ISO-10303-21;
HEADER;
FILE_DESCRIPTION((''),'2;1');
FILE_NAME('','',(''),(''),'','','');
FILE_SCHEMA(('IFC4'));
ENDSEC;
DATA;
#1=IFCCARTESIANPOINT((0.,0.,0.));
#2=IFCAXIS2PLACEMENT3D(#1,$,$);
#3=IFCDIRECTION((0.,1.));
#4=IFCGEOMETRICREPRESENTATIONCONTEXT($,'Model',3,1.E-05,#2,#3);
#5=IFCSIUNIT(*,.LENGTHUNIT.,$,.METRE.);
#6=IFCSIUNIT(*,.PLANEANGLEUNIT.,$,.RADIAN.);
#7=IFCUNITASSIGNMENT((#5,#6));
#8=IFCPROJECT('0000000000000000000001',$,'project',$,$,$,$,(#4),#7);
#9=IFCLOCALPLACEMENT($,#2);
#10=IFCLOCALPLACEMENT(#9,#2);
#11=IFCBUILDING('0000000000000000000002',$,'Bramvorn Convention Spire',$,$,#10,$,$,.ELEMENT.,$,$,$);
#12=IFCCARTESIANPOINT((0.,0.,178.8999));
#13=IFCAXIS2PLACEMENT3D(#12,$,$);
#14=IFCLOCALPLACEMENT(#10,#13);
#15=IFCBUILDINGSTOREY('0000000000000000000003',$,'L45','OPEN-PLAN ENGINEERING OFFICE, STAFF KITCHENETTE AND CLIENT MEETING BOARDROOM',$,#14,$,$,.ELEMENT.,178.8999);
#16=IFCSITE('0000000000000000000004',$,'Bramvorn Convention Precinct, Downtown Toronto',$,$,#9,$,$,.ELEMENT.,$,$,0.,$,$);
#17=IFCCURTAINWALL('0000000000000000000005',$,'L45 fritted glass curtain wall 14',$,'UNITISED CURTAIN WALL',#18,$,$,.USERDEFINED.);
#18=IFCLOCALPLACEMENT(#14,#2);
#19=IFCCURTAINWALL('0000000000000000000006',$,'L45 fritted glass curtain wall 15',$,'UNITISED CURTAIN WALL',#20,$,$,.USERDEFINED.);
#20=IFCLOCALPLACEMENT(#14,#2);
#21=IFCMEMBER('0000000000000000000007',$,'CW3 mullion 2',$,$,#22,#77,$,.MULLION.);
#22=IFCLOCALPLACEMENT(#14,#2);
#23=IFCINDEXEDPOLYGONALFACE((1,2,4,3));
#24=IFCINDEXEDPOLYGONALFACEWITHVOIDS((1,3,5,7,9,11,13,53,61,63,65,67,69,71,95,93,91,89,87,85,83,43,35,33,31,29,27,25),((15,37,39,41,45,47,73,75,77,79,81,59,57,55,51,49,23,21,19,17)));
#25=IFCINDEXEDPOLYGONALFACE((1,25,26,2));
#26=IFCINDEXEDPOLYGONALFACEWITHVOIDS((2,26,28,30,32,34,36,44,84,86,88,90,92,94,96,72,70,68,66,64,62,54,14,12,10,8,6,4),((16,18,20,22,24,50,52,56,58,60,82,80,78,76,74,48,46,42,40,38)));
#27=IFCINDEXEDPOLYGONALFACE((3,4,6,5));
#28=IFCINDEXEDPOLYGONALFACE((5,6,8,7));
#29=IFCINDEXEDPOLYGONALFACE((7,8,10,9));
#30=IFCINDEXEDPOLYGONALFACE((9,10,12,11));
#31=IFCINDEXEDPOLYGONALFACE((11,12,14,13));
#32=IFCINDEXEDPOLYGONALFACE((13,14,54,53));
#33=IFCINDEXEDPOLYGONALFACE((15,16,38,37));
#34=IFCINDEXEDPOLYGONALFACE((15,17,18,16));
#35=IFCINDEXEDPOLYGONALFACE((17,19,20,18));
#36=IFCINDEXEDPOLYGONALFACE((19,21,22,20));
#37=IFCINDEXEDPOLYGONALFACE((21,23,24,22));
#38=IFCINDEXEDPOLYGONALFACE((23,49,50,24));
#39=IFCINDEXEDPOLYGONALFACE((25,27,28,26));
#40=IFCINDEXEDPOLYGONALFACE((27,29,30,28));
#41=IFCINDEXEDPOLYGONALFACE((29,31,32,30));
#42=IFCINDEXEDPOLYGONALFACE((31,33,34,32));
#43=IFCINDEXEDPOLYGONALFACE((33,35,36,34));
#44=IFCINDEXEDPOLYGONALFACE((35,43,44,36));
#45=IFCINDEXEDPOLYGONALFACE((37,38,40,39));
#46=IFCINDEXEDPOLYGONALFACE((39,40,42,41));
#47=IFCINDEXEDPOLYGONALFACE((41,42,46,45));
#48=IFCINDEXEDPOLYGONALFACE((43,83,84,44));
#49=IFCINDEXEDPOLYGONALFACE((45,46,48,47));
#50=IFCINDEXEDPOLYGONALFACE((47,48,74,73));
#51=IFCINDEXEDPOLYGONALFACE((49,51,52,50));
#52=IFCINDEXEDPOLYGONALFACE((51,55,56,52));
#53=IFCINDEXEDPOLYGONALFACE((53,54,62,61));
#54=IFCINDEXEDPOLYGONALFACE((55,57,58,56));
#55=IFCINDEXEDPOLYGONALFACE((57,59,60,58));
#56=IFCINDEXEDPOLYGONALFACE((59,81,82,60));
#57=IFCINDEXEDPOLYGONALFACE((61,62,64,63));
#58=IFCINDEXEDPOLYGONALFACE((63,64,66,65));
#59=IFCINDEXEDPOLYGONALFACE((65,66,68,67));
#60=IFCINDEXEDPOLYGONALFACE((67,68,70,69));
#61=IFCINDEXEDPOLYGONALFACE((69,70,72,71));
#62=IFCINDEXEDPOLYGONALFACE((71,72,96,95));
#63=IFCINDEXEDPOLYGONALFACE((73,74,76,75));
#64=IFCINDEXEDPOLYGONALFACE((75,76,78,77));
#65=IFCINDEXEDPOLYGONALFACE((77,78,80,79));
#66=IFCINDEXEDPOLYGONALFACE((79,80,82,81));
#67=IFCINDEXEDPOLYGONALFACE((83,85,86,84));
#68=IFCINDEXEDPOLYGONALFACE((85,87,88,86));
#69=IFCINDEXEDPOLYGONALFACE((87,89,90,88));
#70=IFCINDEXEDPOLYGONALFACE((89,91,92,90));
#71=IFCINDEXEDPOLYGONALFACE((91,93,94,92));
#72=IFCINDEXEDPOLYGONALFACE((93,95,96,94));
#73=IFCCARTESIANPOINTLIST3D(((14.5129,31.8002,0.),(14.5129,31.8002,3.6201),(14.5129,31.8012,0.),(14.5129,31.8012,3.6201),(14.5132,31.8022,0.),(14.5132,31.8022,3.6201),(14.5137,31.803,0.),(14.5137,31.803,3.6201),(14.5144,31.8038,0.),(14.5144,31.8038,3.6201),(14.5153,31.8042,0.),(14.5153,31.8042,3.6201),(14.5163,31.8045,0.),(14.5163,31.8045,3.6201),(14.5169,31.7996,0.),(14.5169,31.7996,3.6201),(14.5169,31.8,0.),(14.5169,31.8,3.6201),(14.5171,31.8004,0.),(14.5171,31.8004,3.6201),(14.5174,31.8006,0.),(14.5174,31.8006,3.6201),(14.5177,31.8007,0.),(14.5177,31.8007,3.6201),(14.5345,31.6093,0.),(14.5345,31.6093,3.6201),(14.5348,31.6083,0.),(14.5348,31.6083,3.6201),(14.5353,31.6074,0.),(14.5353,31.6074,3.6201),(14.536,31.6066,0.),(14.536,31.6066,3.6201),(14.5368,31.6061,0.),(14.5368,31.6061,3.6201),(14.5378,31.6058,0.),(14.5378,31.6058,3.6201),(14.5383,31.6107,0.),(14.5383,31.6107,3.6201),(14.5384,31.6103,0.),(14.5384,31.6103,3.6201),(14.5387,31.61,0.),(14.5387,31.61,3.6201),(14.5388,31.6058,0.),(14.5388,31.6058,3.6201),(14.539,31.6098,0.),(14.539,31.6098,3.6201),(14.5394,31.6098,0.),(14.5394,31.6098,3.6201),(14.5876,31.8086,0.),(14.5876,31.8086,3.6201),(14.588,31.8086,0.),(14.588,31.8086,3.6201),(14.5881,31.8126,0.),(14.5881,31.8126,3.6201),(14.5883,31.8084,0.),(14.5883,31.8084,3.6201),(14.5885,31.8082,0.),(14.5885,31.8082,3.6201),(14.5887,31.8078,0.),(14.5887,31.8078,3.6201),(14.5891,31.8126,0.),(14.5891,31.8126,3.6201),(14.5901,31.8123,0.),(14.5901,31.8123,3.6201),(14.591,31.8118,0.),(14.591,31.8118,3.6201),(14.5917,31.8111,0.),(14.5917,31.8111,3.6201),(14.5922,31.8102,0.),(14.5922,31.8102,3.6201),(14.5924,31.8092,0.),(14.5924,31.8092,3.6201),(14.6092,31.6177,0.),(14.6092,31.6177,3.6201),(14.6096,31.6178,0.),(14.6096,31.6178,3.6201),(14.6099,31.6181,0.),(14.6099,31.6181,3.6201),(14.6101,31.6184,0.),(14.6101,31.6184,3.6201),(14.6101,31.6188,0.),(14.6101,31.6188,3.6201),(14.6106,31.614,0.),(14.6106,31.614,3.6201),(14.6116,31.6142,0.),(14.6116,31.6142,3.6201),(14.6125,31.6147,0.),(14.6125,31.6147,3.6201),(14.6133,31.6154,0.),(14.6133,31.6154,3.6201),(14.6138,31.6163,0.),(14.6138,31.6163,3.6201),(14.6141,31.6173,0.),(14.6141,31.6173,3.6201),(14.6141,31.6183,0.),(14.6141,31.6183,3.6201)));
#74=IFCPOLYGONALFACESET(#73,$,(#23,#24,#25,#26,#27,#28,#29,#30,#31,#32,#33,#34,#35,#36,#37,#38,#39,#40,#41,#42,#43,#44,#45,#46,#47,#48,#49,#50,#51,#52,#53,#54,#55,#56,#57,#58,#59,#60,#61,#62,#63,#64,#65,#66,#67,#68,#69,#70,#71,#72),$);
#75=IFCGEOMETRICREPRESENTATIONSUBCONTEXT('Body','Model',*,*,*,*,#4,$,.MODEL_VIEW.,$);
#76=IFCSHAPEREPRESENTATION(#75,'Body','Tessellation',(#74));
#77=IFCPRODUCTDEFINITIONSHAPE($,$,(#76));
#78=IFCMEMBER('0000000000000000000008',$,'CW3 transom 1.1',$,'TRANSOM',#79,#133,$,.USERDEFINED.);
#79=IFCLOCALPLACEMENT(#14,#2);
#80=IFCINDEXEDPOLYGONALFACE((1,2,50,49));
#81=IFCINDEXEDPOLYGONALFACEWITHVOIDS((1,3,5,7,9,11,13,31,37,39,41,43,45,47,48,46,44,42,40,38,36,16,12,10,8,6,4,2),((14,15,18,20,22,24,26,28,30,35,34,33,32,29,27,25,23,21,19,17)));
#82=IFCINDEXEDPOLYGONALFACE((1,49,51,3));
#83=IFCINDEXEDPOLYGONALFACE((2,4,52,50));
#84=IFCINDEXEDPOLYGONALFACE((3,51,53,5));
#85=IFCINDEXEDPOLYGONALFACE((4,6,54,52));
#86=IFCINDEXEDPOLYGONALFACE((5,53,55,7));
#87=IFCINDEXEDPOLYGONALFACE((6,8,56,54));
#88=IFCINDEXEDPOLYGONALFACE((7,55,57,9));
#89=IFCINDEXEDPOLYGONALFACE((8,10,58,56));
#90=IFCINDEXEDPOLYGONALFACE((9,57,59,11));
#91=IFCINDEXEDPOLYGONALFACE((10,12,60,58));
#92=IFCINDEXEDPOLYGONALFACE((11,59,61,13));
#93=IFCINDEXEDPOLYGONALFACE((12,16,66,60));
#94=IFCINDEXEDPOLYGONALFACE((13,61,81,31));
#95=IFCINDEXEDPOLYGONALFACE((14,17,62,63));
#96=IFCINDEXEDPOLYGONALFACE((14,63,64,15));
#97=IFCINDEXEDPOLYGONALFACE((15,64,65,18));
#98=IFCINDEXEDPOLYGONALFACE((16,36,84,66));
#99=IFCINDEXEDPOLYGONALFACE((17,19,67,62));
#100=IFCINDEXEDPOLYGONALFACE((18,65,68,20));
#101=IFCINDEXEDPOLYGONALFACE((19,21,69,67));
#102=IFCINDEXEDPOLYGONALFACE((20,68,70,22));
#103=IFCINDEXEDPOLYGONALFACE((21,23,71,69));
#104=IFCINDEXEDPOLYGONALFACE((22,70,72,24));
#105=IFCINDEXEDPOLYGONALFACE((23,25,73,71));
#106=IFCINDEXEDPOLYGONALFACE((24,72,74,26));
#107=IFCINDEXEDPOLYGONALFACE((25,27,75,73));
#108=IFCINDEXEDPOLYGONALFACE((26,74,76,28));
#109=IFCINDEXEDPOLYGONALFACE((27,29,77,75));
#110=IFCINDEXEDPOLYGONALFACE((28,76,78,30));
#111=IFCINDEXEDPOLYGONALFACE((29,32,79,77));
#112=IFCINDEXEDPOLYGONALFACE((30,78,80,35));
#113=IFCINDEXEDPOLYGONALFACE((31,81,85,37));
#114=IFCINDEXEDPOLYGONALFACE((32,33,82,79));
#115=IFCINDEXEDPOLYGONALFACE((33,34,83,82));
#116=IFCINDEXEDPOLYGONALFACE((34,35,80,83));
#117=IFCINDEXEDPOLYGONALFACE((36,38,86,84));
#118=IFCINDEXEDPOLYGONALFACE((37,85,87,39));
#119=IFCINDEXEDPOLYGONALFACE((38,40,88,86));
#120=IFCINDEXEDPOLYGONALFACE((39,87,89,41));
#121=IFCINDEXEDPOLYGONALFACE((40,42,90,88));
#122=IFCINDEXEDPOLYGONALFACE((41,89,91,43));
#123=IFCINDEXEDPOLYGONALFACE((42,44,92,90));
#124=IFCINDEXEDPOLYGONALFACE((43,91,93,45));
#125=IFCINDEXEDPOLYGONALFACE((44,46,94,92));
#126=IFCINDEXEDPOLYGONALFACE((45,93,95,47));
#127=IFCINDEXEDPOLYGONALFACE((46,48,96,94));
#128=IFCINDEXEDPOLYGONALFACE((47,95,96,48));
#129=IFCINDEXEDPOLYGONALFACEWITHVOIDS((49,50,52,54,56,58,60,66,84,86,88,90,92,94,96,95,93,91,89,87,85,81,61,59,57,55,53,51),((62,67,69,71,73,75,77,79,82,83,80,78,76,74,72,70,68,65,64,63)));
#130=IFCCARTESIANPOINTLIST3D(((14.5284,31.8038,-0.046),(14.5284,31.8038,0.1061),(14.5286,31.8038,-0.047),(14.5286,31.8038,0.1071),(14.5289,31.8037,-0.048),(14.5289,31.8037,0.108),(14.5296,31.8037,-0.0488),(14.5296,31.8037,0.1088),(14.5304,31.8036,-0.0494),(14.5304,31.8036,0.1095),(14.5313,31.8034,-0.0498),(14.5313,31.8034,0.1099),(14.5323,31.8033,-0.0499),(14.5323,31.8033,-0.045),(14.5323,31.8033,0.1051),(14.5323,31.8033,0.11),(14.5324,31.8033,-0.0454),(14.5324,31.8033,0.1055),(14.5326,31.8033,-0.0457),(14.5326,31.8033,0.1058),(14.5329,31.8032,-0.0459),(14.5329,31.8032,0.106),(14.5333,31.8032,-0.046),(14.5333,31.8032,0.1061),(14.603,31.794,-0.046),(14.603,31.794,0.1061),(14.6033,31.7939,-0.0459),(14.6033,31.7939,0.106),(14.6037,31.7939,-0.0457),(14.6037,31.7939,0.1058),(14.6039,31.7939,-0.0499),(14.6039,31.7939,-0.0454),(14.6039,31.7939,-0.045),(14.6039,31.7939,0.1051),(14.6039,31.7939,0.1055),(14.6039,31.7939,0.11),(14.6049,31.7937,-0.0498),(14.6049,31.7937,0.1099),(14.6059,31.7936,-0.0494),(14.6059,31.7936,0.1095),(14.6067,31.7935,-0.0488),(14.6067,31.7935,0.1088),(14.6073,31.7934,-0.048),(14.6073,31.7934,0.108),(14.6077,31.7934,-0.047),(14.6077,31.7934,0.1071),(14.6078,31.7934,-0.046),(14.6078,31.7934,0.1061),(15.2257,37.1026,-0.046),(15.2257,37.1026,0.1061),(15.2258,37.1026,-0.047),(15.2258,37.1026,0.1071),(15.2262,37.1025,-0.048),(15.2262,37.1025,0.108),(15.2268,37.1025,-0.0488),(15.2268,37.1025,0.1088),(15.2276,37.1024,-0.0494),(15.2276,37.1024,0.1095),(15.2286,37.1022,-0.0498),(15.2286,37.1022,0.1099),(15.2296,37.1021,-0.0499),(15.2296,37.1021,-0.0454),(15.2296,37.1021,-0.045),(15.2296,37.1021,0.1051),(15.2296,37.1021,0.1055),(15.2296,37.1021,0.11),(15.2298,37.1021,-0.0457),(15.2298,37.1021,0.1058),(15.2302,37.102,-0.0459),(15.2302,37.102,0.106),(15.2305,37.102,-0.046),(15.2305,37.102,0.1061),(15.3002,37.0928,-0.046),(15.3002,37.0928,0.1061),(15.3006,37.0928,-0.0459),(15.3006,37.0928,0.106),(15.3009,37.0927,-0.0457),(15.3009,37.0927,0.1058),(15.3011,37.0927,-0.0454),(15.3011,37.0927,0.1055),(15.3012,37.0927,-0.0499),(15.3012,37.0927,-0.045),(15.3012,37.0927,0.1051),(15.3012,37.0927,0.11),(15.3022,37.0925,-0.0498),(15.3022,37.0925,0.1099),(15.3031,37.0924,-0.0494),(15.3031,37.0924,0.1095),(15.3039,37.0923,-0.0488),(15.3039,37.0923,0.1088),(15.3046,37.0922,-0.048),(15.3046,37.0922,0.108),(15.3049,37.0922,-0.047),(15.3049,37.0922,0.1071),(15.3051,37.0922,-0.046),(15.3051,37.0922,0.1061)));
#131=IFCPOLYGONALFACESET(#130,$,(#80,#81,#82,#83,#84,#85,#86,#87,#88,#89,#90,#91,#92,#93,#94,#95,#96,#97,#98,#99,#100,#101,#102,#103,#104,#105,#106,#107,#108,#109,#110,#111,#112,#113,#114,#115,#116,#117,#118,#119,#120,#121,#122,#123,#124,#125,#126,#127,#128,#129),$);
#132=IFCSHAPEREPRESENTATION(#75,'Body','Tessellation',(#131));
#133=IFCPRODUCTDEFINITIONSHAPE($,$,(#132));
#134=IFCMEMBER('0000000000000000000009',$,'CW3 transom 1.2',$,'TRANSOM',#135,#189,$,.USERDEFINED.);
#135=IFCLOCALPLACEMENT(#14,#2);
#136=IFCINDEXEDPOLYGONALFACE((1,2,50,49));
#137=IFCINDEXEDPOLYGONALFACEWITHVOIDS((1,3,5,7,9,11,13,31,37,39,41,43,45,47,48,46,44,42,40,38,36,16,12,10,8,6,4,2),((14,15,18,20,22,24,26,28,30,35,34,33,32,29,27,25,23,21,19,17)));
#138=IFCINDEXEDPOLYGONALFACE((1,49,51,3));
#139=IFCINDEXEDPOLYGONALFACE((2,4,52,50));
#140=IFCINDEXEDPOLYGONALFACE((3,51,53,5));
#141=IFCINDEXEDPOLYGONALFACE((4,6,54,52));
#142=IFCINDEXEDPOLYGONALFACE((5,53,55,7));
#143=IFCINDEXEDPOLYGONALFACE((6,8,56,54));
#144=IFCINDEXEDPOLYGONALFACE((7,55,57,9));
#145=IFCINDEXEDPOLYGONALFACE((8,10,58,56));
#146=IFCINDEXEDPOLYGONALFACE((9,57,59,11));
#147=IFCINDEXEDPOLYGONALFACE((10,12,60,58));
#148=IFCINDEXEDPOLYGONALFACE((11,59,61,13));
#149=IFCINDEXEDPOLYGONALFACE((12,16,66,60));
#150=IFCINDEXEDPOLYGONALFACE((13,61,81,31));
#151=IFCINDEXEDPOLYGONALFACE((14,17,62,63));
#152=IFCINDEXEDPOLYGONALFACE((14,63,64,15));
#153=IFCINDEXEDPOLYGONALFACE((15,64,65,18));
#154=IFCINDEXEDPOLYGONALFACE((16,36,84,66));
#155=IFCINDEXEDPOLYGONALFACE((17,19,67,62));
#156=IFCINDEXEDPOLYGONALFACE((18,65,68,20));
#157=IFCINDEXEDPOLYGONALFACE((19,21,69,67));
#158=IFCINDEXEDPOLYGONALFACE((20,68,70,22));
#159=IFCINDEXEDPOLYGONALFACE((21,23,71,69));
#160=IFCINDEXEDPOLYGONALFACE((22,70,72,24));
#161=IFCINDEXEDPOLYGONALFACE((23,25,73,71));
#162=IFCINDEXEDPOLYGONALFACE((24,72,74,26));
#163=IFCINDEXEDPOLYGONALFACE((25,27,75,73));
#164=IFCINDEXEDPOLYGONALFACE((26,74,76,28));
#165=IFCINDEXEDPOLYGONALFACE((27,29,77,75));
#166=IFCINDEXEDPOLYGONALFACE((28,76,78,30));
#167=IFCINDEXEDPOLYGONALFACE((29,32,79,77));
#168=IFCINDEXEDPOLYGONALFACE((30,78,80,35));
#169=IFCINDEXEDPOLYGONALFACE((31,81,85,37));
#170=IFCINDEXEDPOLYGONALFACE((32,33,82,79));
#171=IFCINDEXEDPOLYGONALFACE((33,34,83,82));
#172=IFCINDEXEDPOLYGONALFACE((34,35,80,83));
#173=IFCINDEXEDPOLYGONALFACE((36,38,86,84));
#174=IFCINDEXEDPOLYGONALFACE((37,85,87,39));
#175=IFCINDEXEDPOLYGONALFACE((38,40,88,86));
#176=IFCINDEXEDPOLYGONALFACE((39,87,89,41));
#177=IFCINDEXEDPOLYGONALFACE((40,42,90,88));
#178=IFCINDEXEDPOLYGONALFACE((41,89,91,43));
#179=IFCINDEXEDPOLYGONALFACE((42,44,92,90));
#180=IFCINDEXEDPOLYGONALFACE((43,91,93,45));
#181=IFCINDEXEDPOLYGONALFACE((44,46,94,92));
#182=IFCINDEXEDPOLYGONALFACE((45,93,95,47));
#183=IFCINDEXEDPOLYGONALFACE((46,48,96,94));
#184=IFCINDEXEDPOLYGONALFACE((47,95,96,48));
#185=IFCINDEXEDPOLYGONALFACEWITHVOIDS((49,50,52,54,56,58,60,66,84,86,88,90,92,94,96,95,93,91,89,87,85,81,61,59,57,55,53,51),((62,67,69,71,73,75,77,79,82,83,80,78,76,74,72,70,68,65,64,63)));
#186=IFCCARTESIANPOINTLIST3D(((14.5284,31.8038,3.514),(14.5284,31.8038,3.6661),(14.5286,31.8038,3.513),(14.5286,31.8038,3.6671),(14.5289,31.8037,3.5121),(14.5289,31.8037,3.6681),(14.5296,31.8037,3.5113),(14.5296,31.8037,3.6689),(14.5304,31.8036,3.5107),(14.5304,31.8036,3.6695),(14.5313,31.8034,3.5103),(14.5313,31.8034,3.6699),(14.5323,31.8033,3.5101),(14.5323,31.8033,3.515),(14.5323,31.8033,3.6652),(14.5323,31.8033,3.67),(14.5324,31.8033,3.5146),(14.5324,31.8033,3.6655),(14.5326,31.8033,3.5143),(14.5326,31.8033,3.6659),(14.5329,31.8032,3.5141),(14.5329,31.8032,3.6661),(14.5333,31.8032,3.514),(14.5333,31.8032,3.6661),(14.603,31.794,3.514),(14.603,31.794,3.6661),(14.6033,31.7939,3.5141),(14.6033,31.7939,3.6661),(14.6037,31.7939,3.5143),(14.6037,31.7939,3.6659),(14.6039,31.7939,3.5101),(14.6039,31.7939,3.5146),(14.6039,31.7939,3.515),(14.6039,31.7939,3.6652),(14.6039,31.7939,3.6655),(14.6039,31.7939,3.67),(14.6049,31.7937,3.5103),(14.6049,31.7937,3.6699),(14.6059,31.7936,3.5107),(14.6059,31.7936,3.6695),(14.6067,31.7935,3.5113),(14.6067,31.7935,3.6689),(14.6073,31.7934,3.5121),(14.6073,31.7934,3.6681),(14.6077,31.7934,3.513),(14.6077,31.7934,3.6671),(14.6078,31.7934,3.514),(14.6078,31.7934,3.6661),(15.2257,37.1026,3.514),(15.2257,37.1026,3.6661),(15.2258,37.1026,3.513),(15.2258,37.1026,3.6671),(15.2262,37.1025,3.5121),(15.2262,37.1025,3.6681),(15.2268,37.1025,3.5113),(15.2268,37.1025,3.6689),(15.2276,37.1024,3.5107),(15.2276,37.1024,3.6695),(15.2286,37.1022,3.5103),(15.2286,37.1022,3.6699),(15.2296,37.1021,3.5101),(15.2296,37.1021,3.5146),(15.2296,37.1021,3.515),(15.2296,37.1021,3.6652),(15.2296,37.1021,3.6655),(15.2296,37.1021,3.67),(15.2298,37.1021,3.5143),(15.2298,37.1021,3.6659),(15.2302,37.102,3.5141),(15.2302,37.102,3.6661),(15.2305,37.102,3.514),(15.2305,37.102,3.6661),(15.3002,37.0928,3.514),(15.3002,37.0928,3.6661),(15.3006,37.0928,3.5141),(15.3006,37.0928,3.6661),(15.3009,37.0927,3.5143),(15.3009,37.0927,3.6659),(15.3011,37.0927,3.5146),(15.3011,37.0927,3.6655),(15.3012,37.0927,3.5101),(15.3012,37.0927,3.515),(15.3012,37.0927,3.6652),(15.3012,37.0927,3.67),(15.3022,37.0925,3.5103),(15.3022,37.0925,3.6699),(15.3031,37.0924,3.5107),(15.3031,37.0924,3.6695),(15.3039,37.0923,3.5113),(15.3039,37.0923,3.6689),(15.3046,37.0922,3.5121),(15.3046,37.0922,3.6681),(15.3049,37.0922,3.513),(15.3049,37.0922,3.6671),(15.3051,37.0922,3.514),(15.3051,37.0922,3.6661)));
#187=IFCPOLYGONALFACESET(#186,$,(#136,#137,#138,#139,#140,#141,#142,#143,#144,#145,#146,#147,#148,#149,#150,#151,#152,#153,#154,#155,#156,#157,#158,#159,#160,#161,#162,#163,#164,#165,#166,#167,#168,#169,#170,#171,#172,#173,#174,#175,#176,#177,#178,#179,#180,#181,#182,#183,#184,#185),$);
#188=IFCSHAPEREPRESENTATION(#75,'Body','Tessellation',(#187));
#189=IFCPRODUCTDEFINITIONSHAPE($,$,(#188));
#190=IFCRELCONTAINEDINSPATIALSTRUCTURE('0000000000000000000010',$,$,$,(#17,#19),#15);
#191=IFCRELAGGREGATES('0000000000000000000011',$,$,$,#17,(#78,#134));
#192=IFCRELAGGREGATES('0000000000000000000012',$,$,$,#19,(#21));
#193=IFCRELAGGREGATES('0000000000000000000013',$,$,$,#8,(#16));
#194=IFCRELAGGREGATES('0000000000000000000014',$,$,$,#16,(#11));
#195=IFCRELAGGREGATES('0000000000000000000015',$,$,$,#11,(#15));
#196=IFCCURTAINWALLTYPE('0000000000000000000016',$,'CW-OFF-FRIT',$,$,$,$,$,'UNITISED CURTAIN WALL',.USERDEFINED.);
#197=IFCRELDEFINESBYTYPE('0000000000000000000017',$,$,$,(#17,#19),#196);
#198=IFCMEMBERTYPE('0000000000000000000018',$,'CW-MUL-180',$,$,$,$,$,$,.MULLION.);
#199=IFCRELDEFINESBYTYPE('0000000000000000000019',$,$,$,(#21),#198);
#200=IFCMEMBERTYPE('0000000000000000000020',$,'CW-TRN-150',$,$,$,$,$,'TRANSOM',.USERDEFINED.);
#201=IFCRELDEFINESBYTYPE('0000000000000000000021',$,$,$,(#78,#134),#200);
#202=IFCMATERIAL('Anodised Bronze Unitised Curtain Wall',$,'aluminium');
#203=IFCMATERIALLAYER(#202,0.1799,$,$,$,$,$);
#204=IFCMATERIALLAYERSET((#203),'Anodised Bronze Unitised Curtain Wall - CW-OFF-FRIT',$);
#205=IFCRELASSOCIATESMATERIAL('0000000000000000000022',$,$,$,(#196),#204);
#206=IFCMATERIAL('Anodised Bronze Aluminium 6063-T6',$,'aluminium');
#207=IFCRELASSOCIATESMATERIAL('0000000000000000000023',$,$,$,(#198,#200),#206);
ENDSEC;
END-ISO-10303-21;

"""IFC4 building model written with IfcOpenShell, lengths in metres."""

from ifc_helpers import new_model, si_unit, direction, frame, origin, origin_2d, place, context, subcontext, project, spatial, hollow_rectangle, extrude, material, layer, layer_set, material_profile, profile_set, type_object, element, aggregate, save


model = new_model("IFC4")

# Units and contexts
model_context = context("Model", 3, precision=1e-05, world=origin(), true_north=direction((0.0, 1.0)))
body_context = subcontext(model_context, "Body", "Model", "MODEL_VIEW")
ifc_project = project(units=[si_unit("LENGTHUNIT", "METRE"), si_unit("PLANEANGLEUNIT", "RADIAN")], contexts=[model_context])

# Site, building, storey
site_placement = place(None, origin())
site = spatial("IfcSite", under=ifc_project, at=site_placement, Name="Bramvorn Convention Precinct, Downtown Toronto", CompositionType="ELEMENT", RefElevation=0.0)
building_placement = place(site_placement, origin())
building = spatial("IfcBuilding", under=site, at=building_placement, Name="Bramvorn Convention Spire", CompositionType="ELEMENT")
storey_placement = place(building_placement, frame((0.0, 0.0, 178.8999)))
storey = spatial("IfcBuildingStorey", under=building, at=storey_placement, Name="L45", Description="OPEN-PLAN ENGINEERING OFFICE, STAFF KITCHENETTE AND CLIENT MEETING BOARDROOM", CompositionType="ELEMENT", Elevation=178.8999)

# Curtain wall
ifc_material_1 = material(Name="Anodised Bronze Unitised Curtain Wall", Category="aluminium")
ifc_layer_1 = layer(ifc_material_1, 0.1799)
ifc_layer_set_1 = layer_set([ifc_layer_1], Name="Anodised Bronze Unitised Curtain Wall - CW-OFF-FRIT")
curtain_wall_type = type_object("IfcCurtainWallType", Name="CW-OFF-FRIT", ElementType="UNITISED CURTAIN WALL", PredefinedType="USERDEFINED", material=ifc_layer_set_1)
curtain_wall_1_placement = place(storey_placement, origin())
curtain_wall_1 = element("IfcCurtainWall", 1, at=curtain_wall_1_placement, inside=storey, type_object=curtain_wall_type, Name="L45 fritted glass curtain wall 14", ObjectType="UNITISED CURTAIN WALL", PredefinedType="USERDEFINED")
ifc_material_2 = material(Name="Anodised Bronze Aluminium 6063-T6", Category="aluminium")
ifc_material_profile_1 = material_profile(ifc_material_2, hollow_rectangle(XDim=0.0801, YDim=0.2, WallThickness=0.0039, InnerFilletRadius=0.001, OuterFilletRadius=0.0039, at=origin_2d()))
ifc_profile_set_1 = profile_set([ifc_material_profile_1], Name="Anodised Bronze Aluminium 6063-T6 - CWM80X200")
member_type_1 = type_object("IfcMemberType", Name="CW-MUL-180", PredefinedType="MULLION", material=ifc_profile_set_1)

# Curtain wall, member
curtain_wall_2_placement = place(storey_placement, origin())
curtain_wall_2 = element("IfcCurtainWall", 2, at=curtain_wall_2_placement, inside=storey, type_object=curtain_wall_type, Name="L45 fritted glass curtain wall 15", ObjectType="UNITISED CURTAIN WALL", PredefinedType="USERDEFINED")
member_1_placement = place(storey_placement, frame((14.5635, 31.7092, 0.0), z_axis=(0.0, 0.0, 1.0), x_axis=(-0.993629, -0.112698, 0.0)))
member_1 = element("IfcMember", 3, at=member_1_placement, type_object=member_type_1, Name="CW3 mullion 2", PredefinedType="MULLION", context=body_context, shape_type="SweptSolid", body=[
    extrude(hollow_rectangle(XDim=0.0801, YDim=0.2, WallThickness=0.0039, InnerFilletRadius=0.001, OuterFilletRadius=0.0039, at=origin_2d()), origin(), (0.0, 0.0, 1.0), 3.6201),
])

# Members
ifc_material_profile_2 = material_profile(ifc_material_2, hollow_rectangle(XDim=0.0801, YDim=0.1599, WallThickness=0.0039, InnerFilletRadius=0.001, OuterFilletRadius=0.0039, at=origin_2d()))
ifc_profile_set_2 = profile_set([ifc_material_profile_2], Name="Anodised Bronze Aluminium 6063-T6 - CWT80X160")
member_type_2 = type_object("IfcMemberType", Name="CW-TRN-150", ElementType="TRANSOM", PredefinedType="USERDEFINED", material=ifc_profile_set_2)
member_2_placement = place(storey_placement, frame((14.5681, 31.7986, 0.03), z_axis=(0.130464, 0.991453, 0.0), x_axis=(-0.991453, 0.130464, 0.0)))
member_2 = element("IfcMember", 4, at=member_2_placement, type_object=member_type_2, Name="CW3 transom 1.1", ObjectType="TRANSOM", PredefinedType="USERDEFINED", context=body_context, shape_type="SweptSolid", body=[
    extrude(hollow_rectangle(XDim=0.0801, YDim=0.1599, WallThickness=0.0039, InnerFilletRadius=0.001, OuterFilletRadius=0.0039, at=origin_2d()), origin(), (0.0, 0.0, 1.0), 5.3445),
])
member_3_placement = place(storey_placement, frame((14.5681, 31.7986, 3.5901), z_axis=(0.130464, 0.991453, 0.0), x_axis=(-0.991453, 0.130464, 0.0)))
member_3 = element("IfcMember", 5, at=member_3_placement, type_object=member_type_2, Name="CW3 transom 1.2", ObjectType="TRANSOM", PredefinedType="USERDEFINED", context=body_context, shape_type="SweptSolid", body=[
    extrude(hollow_rectangle(XDim=0.0801, YDim=0.1599, WallThickness=0.0039, InnerFilletRadius=0.001, OuterFilletRadius=0.0039, at=origin_2d()), origin(), (0.0, 0.0, 1.0), 5.3445),
])
aggregate(curtain_wall_1, [member_2, member_3])

aggregate(curtain_wall_2, [member_1])

save(model, "model.ifc")
